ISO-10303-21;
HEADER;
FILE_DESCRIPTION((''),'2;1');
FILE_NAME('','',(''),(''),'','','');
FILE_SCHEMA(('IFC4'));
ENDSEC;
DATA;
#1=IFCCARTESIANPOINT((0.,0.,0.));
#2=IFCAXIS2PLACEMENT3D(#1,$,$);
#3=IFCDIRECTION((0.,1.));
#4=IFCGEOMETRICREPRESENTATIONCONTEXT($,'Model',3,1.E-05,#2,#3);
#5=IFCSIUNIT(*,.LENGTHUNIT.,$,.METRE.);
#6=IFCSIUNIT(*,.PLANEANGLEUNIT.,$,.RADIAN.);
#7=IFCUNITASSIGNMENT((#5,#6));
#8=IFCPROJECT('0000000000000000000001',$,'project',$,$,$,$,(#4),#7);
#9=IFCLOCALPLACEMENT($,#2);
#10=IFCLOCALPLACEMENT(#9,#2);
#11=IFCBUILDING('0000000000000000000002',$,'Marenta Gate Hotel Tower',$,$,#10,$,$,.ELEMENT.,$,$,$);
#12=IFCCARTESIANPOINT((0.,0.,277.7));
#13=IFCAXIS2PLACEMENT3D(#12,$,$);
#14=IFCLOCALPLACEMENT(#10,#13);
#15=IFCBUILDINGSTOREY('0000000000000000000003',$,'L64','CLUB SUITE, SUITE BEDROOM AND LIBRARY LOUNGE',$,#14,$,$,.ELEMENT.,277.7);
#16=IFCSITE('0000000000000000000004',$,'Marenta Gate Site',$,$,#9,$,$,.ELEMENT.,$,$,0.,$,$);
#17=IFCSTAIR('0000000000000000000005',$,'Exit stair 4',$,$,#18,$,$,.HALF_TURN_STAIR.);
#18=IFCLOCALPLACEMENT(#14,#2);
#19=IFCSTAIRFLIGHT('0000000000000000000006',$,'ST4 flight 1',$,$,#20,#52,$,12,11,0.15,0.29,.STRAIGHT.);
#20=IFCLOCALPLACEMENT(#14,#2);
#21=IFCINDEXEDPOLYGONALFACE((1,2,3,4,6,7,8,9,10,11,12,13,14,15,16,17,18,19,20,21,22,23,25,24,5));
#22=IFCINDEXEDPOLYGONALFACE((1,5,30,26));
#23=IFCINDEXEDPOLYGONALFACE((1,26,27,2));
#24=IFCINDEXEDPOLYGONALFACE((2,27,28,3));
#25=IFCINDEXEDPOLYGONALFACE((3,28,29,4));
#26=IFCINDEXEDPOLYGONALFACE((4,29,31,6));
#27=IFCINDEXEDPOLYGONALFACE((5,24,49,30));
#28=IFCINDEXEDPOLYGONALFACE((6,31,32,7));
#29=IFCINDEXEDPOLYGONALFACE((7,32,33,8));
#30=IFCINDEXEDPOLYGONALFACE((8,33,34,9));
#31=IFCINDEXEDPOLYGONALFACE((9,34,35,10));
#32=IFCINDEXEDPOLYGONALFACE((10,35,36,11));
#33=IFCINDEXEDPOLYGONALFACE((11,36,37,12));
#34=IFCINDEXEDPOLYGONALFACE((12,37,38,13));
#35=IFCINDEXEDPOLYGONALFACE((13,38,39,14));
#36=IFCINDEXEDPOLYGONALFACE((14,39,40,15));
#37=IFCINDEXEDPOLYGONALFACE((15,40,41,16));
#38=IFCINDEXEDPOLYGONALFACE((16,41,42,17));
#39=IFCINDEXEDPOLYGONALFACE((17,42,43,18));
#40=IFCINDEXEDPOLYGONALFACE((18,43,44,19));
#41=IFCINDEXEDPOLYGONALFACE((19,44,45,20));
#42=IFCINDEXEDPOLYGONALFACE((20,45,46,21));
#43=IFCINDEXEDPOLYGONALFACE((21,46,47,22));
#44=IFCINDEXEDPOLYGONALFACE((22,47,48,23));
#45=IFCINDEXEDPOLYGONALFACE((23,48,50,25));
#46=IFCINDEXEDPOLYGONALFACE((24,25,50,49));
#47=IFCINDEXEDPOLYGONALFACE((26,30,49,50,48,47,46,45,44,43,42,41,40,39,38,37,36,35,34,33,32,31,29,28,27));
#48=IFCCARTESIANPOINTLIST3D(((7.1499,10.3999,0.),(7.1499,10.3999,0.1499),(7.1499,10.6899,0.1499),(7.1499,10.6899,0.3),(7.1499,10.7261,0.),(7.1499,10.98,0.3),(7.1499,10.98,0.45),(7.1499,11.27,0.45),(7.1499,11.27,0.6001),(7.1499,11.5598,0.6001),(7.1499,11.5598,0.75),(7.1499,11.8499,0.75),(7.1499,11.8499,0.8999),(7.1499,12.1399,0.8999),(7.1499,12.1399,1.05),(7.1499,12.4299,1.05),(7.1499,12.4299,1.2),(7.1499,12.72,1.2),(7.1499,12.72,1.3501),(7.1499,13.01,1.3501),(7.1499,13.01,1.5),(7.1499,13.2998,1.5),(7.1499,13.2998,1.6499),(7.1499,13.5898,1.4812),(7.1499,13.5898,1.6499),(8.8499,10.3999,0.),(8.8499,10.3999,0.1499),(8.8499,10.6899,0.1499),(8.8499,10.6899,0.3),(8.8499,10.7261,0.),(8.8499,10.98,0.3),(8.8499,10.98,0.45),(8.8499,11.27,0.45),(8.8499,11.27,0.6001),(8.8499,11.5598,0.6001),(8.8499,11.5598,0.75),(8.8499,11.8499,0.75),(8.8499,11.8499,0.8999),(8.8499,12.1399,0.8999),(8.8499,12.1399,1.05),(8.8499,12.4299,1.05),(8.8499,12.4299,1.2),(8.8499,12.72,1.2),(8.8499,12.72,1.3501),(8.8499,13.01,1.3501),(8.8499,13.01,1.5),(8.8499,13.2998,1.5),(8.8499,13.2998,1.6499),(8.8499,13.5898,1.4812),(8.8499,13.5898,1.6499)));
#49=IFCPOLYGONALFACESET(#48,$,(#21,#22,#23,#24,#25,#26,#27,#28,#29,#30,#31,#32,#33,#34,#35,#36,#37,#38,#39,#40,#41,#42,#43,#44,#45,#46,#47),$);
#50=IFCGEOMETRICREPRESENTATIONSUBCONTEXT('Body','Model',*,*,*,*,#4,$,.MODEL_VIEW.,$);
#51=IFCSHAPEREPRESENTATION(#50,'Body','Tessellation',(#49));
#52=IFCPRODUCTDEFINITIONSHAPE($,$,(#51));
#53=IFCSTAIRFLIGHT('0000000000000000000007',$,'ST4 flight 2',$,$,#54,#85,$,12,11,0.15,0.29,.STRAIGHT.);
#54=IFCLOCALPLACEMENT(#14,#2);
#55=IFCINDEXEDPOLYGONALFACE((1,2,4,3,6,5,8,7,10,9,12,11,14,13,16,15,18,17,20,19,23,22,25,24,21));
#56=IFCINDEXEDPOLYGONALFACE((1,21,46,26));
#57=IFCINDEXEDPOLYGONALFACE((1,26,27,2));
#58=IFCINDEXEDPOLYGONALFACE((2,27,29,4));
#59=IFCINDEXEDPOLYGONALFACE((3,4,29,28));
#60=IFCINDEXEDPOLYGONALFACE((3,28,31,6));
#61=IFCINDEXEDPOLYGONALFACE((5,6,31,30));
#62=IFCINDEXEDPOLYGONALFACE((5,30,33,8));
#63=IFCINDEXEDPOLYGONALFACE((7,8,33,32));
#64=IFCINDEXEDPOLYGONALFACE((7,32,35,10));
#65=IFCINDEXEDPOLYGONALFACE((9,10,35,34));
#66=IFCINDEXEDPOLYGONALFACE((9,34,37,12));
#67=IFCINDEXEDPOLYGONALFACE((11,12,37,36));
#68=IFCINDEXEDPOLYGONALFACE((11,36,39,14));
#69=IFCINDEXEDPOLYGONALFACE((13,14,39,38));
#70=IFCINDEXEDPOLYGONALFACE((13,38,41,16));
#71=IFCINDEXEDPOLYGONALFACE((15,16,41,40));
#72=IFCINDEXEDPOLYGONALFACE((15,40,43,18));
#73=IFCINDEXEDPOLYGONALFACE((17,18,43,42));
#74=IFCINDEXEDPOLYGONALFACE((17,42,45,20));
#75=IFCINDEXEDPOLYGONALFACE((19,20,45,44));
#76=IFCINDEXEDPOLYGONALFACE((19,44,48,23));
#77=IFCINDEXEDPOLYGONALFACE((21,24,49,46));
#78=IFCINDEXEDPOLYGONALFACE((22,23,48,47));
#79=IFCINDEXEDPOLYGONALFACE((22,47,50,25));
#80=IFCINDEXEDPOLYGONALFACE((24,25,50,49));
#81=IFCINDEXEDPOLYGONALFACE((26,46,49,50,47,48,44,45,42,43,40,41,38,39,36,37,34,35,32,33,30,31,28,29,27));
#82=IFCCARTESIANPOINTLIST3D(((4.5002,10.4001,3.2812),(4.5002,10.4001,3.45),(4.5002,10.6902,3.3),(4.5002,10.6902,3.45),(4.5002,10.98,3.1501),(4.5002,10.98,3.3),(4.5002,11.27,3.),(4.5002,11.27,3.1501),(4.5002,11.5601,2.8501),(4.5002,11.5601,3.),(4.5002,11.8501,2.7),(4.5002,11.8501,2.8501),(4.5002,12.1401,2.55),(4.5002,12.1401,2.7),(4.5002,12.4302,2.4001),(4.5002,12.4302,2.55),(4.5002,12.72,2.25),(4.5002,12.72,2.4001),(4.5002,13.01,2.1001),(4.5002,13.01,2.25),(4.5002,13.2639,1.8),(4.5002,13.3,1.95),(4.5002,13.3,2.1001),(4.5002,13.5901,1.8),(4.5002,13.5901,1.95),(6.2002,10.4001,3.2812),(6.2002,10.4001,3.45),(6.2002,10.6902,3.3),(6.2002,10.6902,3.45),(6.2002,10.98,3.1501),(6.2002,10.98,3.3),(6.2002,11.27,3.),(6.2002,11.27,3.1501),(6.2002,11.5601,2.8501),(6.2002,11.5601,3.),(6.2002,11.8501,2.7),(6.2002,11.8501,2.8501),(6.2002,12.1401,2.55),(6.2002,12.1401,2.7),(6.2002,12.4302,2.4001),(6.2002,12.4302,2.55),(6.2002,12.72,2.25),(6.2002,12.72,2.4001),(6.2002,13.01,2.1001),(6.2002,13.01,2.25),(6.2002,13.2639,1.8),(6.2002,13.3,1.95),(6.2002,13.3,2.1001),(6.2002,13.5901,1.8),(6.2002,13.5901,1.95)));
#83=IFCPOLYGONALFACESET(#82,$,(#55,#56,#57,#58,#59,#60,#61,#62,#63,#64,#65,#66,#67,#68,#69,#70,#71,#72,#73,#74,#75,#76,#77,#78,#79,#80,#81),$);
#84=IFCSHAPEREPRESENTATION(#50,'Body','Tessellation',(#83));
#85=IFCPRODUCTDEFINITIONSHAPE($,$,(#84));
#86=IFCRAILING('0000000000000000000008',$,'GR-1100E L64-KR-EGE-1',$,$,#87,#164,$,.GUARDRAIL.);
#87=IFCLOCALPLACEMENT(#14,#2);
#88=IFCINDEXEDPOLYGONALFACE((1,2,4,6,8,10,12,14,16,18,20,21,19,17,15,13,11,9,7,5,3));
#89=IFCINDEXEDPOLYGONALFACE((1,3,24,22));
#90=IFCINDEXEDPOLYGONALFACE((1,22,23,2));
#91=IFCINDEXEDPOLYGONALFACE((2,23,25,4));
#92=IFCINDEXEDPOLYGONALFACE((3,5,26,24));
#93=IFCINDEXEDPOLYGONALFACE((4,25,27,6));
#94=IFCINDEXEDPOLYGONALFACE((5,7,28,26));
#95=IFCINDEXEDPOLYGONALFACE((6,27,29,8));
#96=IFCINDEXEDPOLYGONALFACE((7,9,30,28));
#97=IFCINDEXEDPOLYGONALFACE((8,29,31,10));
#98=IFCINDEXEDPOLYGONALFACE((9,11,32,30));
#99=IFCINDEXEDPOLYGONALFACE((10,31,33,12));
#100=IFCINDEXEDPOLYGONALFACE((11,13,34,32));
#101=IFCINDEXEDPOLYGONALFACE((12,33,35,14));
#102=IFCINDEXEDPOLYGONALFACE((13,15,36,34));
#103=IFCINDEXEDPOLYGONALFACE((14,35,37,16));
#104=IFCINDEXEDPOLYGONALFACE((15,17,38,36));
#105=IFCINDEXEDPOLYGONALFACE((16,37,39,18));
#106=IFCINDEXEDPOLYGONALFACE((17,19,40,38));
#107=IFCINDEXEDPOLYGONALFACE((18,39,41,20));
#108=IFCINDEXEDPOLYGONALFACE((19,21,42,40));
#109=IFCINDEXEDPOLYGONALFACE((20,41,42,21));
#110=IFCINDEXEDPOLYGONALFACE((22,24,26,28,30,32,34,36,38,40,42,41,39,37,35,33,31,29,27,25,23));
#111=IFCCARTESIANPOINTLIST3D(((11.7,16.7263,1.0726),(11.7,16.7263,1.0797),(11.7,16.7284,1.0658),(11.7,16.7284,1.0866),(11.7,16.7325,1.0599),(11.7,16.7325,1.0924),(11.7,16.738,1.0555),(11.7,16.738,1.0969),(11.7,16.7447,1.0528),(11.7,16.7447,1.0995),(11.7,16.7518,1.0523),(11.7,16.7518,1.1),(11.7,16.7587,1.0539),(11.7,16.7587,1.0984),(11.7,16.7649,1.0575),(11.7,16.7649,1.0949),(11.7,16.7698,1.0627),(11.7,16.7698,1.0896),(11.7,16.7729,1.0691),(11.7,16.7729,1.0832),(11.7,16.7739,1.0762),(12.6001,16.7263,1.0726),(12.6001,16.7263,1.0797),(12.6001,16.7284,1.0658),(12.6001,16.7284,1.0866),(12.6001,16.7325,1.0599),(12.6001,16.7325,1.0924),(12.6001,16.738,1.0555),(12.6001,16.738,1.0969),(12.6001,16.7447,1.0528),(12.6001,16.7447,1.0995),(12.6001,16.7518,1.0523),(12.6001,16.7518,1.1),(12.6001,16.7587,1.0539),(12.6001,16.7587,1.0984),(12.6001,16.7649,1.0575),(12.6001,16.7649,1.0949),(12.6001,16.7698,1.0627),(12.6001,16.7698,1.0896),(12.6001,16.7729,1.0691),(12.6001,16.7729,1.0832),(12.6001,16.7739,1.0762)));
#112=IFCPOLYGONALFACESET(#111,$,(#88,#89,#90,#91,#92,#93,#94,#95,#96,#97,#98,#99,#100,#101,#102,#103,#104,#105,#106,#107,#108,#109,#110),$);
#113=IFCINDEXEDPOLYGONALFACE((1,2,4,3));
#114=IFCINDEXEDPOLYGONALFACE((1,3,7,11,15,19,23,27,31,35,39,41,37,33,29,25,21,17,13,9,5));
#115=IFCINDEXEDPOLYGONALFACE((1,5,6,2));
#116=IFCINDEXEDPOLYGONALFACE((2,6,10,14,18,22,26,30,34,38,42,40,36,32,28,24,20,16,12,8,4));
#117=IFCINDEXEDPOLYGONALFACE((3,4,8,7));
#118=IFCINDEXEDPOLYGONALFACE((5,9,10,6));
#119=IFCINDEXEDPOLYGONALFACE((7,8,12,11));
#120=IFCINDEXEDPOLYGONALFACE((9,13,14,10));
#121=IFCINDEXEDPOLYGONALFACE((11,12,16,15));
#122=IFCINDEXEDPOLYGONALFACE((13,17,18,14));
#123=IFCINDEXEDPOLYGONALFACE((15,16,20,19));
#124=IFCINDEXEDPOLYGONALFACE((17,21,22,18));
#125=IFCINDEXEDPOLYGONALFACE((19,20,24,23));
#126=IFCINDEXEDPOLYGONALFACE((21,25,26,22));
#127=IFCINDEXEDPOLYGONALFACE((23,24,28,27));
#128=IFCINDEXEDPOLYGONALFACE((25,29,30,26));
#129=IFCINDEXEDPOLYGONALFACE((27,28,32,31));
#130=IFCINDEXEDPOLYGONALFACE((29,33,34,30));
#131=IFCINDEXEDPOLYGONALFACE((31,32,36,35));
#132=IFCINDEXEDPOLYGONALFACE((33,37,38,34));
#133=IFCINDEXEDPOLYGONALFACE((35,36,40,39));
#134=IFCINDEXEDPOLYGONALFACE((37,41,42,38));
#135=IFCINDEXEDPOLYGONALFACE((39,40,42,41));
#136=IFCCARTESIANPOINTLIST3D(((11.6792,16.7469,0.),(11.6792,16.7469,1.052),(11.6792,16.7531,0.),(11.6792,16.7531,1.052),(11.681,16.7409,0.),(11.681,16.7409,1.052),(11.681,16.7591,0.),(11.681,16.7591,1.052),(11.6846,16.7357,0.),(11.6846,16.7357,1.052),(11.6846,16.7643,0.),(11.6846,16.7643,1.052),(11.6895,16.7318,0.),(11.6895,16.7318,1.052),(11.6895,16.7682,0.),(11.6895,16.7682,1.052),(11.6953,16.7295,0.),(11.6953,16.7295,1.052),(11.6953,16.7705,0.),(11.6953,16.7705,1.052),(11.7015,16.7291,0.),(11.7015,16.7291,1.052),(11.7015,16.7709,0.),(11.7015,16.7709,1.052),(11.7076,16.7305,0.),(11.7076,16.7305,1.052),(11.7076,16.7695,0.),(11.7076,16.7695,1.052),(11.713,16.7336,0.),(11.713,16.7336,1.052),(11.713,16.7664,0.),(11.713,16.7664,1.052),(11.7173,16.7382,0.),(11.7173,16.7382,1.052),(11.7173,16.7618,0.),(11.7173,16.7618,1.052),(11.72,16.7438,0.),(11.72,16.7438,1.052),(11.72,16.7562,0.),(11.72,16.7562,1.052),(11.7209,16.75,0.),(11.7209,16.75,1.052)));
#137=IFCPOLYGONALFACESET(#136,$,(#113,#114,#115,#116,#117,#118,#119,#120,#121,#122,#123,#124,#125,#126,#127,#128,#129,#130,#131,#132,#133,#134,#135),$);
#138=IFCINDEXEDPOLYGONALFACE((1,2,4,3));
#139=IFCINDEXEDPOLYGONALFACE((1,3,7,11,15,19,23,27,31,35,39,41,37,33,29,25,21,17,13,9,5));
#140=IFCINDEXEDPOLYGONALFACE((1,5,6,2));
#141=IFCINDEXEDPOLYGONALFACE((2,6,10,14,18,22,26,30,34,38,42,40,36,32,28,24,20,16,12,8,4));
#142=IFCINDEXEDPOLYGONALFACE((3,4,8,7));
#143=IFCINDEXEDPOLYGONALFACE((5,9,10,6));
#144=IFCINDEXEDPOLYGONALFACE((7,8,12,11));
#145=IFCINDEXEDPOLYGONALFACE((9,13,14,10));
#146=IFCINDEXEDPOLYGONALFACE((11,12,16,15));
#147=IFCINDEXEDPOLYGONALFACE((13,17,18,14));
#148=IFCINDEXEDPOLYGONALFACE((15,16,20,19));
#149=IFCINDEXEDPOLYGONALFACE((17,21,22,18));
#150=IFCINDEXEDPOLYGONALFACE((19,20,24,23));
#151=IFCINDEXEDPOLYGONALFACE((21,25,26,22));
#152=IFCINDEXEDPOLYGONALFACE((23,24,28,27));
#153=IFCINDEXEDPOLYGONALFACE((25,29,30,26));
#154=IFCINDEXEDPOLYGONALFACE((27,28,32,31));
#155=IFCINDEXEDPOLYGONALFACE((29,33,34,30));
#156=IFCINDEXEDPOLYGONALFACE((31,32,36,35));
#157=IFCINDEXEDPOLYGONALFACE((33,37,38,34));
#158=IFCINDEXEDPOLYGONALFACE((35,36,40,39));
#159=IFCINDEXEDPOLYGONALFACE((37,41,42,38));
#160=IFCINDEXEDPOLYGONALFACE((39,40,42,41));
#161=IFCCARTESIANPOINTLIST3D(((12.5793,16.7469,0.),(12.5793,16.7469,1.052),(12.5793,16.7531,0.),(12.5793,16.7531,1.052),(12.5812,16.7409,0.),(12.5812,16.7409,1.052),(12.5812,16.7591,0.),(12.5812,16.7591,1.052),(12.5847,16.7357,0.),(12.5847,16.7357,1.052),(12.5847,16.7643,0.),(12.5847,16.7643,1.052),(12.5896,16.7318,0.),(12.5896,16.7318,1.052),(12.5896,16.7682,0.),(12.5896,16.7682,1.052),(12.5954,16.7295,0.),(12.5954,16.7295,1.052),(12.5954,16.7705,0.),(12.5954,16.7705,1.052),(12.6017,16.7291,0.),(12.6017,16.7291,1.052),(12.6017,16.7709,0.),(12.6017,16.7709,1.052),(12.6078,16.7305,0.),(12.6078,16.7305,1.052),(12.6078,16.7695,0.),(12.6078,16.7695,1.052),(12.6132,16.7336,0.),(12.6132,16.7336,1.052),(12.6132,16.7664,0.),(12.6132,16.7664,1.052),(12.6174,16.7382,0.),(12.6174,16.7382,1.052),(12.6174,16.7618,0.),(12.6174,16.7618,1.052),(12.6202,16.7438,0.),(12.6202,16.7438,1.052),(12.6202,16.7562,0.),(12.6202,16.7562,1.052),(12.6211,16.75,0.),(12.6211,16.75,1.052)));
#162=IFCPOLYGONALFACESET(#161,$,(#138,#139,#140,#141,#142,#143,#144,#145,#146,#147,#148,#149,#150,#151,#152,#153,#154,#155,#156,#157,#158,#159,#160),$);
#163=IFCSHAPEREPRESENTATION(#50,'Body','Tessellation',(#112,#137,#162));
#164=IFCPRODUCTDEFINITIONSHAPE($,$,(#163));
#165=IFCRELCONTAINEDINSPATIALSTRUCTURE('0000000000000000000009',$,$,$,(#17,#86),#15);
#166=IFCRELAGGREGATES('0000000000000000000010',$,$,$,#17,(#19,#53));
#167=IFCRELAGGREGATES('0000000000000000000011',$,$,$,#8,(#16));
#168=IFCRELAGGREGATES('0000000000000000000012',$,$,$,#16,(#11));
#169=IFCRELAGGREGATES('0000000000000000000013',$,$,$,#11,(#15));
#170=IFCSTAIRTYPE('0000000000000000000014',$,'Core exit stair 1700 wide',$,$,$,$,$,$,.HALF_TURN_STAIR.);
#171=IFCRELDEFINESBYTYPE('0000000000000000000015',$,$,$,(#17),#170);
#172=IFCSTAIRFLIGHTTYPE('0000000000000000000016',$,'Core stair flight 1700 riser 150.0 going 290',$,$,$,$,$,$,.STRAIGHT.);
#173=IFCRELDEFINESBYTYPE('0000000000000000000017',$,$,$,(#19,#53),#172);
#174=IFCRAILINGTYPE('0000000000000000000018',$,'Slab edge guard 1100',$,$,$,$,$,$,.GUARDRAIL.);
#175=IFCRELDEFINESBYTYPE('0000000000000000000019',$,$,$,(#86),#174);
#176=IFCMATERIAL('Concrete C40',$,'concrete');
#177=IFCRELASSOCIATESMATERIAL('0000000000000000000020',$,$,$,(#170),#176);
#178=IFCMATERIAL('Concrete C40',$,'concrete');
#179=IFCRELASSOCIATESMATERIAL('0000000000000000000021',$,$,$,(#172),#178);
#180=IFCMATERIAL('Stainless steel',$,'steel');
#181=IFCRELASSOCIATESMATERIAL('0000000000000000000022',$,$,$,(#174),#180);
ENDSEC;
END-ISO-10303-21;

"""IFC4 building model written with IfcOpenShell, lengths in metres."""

from ifc_helpers import new_model, si_unit, direction, frame, origin, origin_2d, place, context, subcontext, project, spatial, polyline, circle, outline, extrude, material, type_object, element, aggregate, save


model = new_model("IFC4")

# Units and contexts
model_context = context("Model", 3, precision=1e-05, world=origin(), true_north=direction((0.0, 1.0)))
body_context = subcontext(model_context, "Body", "Model", "MODEL_VIEW")
ifc_project = project(units=[si_unit("LENGTHUNIT", "METRE"), si_unit("PLANEANGLEUNIT", "RADIAN")], contexts=[model_context])

# Site, building, storey
site_placement = place(None, origin())
site = spatial("IfcSite", under=ifc_project, at=site_placement, Name="Marenta Gate Site", CompositionType="ELEMENT", RefElevation=0.0)
building_placement = place(site_placement, origin())
building = spatial("IfcBuilding", under=site, at=building_placement, Name="Marenta Gate Hotel Tower", CompositionType="ELEMENT")
storey_placement = place(building_placement, frame((0.0, 0.0, 277.7)))
storey = spatial("IfcBuildingStorey", under=building, at=storey_placement, Name="L64", Description="CLUB SUITE, SUITE BEDROOM AND LIBRARY LOUNGE", CompositionType="ELEMENT", Elevation=277.7)

# Stair, stair flights
ifc_material_1 = material(Name="Concrete C40", Category="concrete")
stair_type = type_object("IfcStairType", Name="Core exit stair 1700 wide", PredefinedType="HALF_TURN_STAIR", material=ifc_material_1)
stair_placement = place(storey_placement, origin())
stair = element("IfcStair", 1, at=stair_placement, inside=storey, type_object=stair_type, Name="Exit stair 4", PredefinedType="HALF_TURN_STAIR")
ifc_material_2 = material(Name="Concrete C40", Category="concrete")
stair_flight_type = type_object("IfcStairFlightType", Name="Core stair flight 1700 riser 150.0 going 290", PredefinedType="STRAIGHT", material=ifc_material_2)
stair_flight_1_placement = place(storey_placement, frame((8.0, 10.3999, 0.0), z_axis=(0.0, 0.0, 1.0), x_axis=(0.0, 1.0, 0.0)))
stair_flight_1 = element("IfcStairFlight", 2, at=stair_flight_1_placement, type_object=stair_flight_type, Name="ST4 flight 1", NumberOfRisers=12, NumberOfTreads=11, PredefinedType="STRAIGHT", RiserHeight=0.15, TreadLength=0.29, context=body_context, shape_type="SweptSolid", body=[
    extrude(outline(polyline([(0.0, 0.0), (0.0, 0.1499), (0.29, 0.1499), (0.29, 0.3), (0.5801, 0.3), (0.5801, 0.45), (0.8701, 0.45), (0.8701, 0.6001), (1.1599, 0.6001), (1.1599, 0.75), (1.45, 0.75), (1.45, 0.8999), (1.74, 0.8999), (1.74, 1.05), (2.03, 1.05), (2.03, 1.2), (2.3201, 1.2), (2.3201, 1.3501), (2.6101, 1.3501), (2.6101, 1.5), (2.8999, 1.5), (2.8999, 1.6499), (3.1899, 1.6499), (3.1899, 1.8), (3.1899, 1.4812), (0.3262, 0.0), (0.0, 0.0)])), frame((0.0, 0.8501, 0.0), z_axis=(0.0, -1.0, 0.0), x_axis=(1.0, 0.0, 0.0)), (0.0, 0.0, 1.0), 1.7),
])
stair_flight_2_placement = place(storey_placement, frame((5.3501, 13.5901, 1.8), z_axis=(0.0, 0.0, 1.0), x_axis=(0.0, -1.0, 0.0)))
stair_flight_2 = element("IfcStairFlight", 3, at=stair_flight_2_placement, type_object=stair_flight_type, Name="ST4 flight 2", NumberOfRisers=12, NumberOfTreads=11, PredefinedType="STRAIGHT", RiserHeight=0.15, TreadLength=0.29, context=body_context, shape_type="SweptSolid", body=[
    extrude(outline(polyline([(0.0, 0.0), (0.0, 0.1499), (0.29, 0.1499), (0.29, 0.3), (0.5801, 0.3), (0.5801, 0.45), (0.8701, 0.45), (0.8701, 0.6001), (1.1599, 0.6001), (1.1599, 0.75), (1.45, 0.75), (1.45, 0.8999), (1.74, 0.8999), (1.74, 1.05), (2.03, 1.05), (2.03, 1.2), (2.3201, 1.2), (2.3201, 1.3501), (2.6101, 1.3501), (2.6101, 1.5), (2.8999, 1.5), (2.8999, 1.6499), (3.1899, 1.6499), (3.1899, 1.8), (3.1899, 1.4812), (0.3262, 0.0), (0.0, 0.0)])), frame((0.0, 0.8501, 0.0), z_axis=(0.0, -1.0, 0.0), x_axis=(1.0, 0.0, 0.0)), (0.0, 0.0, 1.0), 1.7),
])
aggregate(stair, [stair_flight_1, stair_flight_2])

# Railing
ifc_material_3 = material(Name="Stainless steel", Category="steel")
railing_type_1 = type_object("IfcRailingType", Name="Slab edge guard 1100", PredefinedType="GUARDRAIL", material=ifc_material_3)
railing_1_placement = place(storey_placement, frame((11.7, 16.75, 0.0)))
element("IfcRailing", 4, at=railing_1_placement, inside=storey, type_object=railing_type_1, Name="GR-1100E L64-KR-EGE-1", PredefinedType="GUARDRAIL", context=body_context, shape_type="SweptSolid", body=[
    extrude(circle(Radius=0.0239, at=origin_2d()), frame((0.0, 0.0, 1.0762), z_axis=(1.0, 0.0, 0.0), x_axis=(0.0, 1.0, 0.0)), (0.0, 0.0, 1.0), 0.9001),
    extrude(circle(Radius=0.021, at=origin_2d()), origin(), (0.0, 0.0, 1.0), 1.052),
    extrude(circle(Radius=0.021, at=origin_2d()), frame((0.9001, 0.0, 0.0)), (0.0, 0.0, 1.0), 1.052),
])

save(model, "model.ifc")
